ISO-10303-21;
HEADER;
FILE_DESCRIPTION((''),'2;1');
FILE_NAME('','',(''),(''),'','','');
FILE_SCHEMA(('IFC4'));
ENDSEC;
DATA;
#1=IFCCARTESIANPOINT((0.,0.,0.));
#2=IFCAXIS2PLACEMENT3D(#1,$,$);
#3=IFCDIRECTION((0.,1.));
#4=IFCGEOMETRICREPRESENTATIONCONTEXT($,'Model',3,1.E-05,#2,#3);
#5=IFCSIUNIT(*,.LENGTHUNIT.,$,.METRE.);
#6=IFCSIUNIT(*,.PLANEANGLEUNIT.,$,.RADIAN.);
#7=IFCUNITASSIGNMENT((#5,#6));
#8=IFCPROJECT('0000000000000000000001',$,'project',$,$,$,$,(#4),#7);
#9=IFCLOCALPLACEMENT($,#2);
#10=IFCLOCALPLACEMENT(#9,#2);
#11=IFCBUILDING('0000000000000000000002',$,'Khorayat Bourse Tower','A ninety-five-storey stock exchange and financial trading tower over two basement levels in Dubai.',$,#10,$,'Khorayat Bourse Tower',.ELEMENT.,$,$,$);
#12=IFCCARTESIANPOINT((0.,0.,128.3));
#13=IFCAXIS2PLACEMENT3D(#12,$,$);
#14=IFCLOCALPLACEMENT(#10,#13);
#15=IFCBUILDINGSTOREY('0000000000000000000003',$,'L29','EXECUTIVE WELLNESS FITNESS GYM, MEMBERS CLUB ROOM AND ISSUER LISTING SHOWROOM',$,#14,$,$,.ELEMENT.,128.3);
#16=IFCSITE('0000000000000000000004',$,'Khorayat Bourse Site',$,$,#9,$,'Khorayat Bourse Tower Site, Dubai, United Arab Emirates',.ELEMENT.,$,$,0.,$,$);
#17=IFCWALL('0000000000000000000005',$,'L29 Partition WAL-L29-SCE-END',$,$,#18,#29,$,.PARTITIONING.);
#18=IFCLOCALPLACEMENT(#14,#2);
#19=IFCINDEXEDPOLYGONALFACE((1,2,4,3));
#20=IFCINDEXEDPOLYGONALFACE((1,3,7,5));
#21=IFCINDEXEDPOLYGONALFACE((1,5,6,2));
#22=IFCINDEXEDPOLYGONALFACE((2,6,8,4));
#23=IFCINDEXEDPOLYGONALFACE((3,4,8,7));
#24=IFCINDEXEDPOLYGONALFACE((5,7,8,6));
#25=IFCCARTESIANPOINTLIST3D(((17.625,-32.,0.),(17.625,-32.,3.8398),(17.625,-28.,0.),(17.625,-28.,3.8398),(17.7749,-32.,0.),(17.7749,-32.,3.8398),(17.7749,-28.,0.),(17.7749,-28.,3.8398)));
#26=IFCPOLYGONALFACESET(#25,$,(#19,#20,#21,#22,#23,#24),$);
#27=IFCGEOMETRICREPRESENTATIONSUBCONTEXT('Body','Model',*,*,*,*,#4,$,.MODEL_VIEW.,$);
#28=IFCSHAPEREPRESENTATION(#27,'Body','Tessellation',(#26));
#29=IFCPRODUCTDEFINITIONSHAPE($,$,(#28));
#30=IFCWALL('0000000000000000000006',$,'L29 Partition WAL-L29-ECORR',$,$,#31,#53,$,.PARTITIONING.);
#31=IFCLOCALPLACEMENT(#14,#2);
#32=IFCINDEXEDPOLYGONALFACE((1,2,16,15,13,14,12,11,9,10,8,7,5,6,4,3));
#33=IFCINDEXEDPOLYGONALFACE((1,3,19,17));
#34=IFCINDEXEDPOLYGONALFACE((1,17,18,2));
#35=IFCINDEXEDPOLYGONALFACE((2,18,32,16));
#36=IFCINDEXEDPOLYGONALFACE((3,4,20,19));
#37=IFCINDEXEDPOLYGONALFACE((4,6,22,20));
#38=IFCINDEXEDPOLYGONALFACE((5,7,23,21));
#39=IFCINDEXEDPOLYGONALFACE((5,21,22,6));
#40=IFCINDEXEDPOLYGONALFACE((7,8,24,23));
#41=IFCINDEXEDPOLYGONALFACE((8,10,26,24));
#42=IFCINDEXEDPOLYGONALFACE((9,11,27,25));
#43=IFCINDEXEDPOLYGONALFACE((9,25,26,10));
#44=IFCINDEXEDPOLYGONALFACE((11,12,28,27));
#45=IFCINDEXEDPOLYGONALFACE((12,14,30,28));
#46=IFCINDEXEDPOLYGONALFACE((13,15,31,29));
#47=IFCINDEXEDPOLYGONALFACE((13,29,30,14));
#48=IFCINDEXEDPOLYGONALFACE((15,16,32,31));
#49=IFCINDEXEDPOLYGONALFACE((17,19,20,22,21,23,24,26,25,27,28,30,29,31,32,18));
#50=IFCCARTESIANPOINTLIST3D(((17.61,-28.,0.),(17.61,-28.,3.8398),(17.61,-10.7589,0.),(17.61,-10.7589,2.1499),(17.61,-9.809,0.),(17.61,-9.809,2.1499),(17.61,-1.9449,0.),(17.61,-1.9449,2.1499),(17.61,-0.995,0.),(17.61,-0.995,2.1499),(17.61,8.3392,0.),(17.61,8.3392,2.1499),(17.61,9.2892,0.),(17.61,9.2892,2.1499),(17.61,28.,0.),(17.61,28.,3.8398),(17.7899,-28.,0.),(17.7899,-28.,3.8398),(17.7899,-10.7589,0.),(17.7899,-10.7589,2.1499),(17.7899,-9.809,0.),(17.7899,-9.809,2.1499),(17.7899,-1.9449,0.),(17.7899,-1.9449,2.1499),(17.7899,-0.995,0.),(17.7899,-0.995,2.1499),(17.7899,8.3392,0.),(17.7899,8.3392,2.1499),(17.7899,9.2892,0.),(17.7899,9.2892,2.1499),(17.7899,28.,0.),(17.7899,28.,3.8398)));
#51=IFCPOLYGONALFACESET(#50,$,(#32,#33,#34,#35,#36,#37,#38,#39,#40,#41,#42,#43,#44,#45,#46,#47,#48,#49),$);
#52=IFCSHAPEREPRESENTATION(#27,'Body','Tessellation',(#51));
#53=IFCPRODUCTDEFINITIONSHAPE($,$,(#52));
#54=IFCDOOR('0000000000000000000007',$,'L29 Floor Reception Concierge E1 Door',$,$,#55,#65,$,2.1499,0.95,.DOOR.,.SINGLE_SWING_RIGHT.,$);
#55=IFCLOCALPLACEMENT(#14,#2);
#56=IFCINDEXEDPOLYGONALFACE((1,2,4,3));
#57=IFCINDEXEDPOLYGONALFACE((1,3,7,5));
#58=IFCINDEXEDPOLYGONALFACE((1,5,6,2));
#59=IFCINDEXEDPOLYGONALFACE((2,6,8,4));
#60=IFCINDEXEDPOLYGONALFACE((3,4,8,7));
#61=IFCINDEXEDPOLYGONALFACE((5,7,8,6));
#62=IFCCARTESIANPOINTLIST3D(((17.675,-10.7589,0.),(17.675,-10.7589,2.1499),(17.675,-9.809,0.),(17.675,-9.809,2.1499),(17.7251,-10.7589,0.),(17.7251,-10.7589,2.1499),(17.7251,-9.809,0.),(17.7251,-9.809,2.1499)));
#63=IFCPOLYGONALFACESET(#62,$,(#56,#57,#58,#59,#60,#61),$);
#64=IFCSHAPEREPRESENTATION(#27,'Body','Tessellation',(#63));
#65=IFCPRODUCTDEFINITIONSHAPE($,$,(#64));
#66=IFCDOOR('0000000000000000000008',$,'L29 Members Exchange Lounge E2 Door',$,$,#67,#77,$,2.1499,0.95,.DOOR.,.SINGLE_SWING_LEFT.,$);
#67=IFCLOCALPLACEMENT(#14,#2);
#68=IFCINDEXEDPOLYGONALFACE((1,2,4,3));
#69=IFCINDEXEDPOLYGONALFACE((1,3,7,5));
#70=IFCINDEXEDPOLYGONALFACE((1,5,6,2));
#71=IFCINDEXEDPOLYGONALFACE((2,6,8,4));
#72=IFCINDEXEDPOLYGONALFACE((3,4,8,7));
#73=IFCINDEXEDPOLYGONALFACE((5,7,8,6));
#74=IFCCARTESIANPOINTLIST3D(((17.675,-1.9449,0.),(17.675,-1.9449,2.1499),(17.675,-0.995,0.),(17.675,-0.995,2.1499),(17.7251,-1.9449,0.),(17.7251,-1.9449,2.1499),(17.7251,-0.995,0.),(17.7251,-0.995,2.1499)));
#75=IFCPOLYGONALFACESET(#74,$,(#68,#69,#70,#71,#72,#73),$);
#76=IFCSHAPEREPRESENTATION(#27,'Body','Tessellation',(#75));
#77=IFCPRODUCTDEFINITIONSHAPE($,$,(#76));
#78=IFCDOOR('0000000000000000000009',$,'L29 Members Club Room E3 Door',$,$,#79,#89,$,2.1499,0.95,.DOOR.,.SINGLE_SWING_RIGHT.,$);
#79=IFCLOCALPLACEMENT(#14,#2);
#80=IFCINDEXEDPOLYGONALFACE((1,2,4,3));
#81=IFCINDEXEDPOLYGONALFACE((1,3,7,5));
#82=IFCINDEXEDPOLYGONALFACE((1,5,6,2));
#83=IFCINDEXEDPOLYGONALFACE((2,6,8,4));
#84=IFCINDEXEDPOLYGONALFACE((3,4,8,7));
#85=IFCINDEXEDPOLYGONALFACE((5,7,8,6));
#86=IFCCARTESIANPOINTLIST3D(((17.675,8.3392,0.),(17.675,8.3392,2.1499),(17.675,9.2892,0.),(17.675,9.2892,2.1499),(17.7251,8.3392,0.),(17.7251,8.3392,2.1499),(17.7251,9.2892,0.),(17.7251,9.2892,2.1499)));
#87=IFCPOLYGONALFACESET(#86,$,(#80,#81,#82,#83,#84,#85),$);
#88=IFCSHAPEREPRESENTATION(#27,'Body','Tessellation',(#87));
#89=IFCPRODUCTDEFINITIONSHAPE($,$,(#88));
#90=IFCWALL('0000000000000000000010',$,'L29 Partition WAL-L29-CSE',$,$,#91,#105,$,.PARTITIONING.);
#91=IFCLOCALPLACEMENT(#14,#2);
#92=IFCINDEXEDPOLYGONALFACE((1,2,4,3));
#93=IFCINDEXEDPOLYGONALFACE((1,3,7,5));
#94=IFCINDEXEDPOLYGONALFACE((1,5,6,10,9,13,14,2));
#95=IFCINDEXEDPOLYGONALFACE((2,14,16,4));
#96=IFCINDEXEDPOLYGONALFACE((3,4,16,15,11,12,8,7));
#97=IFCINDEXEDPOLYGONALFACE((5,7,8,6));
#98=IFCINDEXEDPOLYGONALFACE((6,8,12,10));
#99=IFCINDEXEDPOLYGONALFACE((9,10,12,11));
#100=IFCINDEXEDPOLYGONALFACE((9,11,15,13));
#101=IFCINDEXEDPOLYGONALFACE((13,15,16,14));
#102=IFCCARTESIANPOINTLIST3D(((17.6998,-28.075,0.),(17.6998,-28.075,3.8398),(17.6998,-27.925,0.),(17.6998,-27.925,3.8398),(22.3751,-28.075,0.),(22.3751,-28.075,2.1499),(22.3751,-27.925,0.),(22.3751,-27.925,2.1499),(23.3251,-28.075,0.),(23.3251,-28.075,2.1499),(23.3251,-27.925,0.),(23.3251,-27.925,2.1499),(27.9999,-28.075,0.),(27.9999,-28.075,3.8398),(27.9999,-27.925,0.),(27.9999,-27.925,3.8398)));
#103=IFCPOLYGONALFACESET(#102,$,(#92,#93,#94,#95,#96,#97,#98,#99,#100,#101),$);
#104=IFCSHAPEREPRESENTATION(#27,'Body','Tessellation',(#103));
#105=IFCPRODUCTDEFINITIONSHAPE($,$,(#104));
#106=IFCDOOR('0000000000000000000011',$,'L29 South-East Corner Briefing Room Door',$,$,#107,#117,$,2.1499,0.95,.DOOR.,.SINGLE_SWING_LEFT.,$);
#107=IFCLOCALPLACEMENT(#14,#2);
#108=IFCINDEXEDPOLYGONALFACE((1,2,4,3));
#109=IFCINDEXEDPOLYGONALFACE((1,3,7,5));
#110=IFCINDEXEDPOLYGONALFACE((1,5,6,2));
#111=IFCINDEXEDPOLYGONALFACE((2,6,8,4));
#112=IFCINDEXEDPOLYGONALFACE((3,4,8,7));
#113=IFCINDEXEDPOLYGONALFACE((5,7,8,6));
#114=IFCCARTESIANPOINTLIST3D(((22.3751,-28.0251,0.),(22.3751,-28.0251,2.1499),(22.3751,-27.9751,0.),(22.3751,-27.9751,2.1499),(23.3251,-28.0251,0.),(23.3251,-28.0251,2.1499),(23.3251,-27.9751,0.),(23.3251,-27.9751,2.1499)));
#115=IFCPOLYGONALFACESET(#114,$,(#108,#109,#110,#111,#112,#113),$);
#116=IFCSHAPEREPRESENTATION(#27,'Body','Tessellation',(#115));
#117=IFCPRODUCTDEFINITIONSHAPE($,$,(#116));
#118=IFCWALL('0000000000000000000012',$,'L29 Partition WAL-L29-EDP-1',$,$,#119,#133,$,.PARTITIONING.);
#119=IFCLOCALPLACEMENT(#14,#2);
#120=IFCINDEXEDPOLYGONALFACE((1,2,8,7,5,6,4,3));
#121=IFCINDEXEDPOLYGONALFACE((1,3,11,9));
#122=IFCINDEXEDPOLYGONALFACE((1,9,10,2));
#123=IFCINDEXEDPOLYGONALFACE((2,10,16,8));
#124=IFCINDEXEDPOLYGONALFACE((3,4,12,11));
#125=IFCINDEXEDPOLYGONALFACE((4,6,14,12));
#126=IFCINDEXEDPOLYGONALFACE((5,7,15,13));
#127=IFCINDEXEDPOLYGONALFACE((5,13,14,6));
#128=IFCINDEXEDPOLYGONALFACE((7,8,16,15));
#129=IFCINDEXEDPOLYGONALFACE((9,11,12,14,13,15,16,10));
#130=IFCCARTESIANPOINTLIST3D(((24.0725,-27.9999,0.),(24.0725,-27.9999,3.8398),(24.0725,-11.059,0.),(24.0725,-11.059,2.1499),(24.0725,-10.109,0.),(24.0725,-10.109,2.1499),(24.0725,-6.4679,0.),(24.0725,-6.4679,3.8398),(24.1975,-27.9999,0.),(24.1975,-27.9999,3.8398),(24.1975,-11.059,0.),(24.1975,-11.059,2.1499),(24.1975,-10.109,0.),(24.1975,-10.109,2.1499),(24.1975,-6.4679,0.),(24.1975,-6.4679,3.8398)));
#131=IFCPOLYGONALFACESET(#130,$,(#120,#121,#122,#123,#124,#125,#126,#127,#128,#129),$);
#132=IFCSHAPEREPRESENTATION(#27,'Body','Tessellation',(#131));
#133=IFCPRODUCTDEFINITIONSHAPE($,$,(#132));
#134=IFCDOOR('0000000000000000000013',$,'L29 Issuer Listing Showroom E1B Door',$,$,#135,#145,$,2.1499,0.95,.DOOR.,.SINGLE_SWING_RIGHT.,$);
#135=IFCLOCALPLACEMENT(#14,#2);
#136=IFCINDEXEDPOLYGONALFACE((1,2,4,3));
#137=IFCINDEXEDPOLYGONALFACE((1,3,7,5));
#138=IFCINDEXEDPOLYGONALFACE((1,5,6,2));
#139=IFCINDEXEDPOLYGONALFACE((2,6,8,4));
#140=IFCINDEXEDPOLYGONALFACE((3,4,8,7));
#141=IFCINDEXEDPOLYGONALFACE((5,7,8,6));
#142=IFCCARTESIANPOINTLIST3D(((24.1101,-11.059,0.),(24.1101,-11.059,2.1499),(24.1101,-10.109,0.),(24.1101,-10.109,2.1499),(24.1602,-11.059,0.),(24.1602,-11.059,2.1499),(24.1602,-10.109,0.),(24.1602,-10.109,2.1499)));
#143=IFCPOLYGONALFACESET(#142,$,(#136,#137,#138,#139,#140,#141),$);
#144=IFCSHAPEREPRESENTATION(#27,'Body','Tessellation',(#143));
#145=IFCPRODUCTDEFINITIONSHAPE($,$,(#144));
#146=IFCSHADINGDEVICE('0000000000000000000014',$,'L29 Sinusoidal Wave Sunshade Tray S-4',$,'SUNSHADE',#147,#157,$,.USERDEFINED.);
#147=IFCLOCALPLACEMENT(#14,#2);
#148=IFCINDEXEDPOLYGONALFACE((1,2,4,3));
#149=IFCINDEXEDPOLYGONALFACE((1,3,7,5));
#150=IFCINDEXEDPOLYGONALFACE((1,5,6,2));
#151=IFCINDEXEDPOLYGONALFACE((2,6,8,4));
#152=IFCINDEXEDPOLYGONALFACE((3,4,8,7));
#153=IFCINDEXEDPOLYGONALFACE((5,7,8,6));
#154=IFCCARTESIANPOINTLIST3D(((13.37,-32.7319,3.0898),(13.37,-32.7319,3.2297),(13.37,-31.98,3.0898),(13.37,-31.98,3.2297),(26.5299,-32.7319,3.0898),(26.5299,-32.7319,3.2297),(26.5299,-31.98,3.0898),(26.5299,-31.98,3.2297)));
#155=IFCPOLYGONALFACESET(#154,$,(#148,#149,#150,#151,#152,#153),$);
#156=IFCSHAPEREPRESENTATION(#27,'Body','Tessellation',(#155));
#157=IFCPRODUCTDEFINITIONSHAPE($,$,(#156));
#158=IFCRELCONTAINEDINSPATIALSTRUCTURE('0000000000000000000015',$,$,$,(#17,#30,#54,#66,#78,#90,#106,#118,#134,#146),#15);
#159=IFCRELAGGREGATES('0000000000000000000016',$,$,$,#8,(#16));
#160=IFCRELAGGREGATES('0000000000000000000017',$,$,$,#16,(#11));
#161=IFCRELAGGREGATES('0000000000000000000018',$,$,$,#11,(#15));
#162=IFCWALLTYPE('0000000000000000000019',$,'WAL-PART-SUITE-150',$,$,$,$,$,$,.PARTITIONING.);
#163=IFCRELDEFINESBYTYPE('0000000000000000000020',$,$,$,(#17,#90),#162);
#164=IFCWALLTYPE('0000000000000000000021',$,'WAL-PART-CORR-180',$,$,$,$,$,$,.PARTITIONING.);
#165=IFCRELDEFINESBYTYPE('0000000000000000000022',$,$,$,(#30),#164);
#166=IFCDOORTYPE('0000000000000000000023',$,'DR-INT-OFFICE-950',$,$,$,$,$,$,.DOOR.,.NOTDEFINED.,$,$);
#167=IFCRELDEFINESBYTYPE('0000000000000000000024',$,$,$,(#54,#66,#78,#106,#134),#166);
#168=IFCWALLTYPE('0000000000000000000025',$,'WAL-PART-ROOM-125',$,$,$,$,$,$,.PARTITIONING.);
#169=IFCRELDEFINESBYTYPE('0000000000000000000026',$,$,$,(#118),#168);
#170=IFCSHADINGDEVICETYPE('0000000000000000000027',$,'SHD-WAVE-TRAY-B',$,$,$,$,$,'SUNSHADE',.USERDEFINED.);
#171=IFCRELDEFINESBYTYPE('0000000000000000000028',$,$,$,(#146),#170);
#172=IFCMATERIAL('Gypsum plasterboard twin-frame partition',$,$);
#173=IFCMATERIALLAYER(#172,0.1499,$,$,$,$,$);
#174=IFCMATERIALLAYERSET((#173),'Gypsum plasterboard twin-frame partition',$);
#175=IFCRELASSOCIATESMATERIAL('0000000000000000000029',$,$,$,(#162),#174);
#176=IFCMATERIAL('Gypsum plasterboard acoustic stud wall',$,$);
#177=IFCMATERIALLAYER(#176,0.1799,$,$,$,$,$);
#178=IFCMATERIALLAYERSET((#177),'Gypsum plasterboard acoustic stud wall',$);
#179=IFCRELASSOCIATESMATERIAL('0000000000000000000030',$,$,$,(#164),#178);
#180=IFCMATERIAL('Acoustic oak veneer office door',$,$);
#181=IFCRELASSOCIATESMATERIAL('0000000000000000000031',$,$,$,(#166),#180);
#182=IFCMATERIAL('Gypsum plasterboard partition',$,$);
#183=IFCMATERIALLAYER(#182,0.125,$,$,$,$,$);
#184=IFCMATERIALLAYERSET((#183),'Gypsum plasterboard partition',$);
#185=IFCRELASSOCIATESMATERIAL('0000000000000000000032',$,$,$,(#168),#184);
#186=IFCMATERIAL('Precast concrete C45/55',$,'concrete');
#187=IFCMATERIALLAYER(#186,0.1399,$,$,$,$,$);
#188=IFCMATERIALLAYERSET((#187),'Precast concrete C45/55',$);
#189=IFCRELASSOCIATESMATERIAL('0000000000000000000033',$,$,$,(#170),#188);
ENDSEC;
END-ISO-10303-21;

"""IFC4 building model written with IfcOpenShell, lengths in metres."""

from ifc_helpers import new_model, si_unit, direction, frame, frame_2d, origin, origin_2d, place, context, subcontext, project, spatial, rectangle, extrude, source, transform, mapped, material, layer, layer_set, type_object, element, fill, save


model = new_model("IFC4")

# Units and contexts
model_context = context("Model", 3, precision=1e-05, world=origin(), true_north=direction((0.0, 1.0)))
body_context = subcontext(model_context, "Body", "Model", "MODEL_VIEW")
ifc_project = project(units=[si_unit("LENGTHUNIT", "METRE"), si_unit("PLANEANGLEUNIT", "RADIAN")], contexts=[model_context])

# Site, building, storey
site_placement = place(None, origin())
site = spatial("IfcSite", under=ifc_project, at=site_placement, Name="Khorayat Bourse Site", LongName="Khorayat Bourse Tower Site, Dubai, United Arab Emirates", CompositionType="ELEMENT", RefElevation=0.0)
building_placement = place(site_placement, origin())
building = spatial("IfcBuilding", under=site, at=building_placement, Name="Khorayat Bourse Tower", Description="A ninety-five-storey stock exchange and financial trading tower over two basement levels in Dubai.", LongName="Khorayat Bourse Tower", CompositionType="ELEMENT")
storey_placement = place(building_placement, frame((0.0, 0.0, 128.3)))
storey = spatial("IfcBuildingStorey", under=building, at=storey_placement, Name="L29", Description="EXECUTIVE WELLNESS FITNESS GYM, MEMBERS CLUB ROOM AND ISSUER LISTING SHOWROOM", CompositionType="ELEMENT", Elevation=128.3)

# Shared definitions
ifc_material_1 = material(Name="Precast concrete C45/55", Category="concrete")

# Wall
ifc_material_2 = material(Name="Gypsum plasterboard twin-frame partition")
ifc_layer_1 = layer(ifc_material_2, 0.1499)
ifc_layer_set_1 = layer_set([ifc_layer_1], Name="Gypsum plasterboard twin-frame partition")
wall_type_1 = type_object("IfcWallType", Name="WAL-PART-SUITE-150", PredefinedType="PARTITIONING", material=ifc_layer_set_1)
shared_shape_1 = source(origin(), body_context, "Body", "SweptSolid", [
    extrude(rectangle(XDim=4.0, YDim=0.1499, at=frame_2d((2.0, 0.0))), origin(), (0.0, 0.0, 1.0), 3.8398),
])
wall_1_placement = place(storey_placement, frame((17.7, -32.0, 0.0), z_axis=(0.0, 0.0, 1.0), x_axis=(0.0, 1.0, 0.0)))
element("IfcWall", 1, at=wall_1_placement, inside=storey, type_object=wall_type_1, Name="L29 Partition WAL-L29-SCE-END", PredefinedType="PARTITIONING", context=body_context, shape_type="MappedRepresentation", body=[
    mapped(shared_shape_1, transform((0.0, 0.0, 0.0), scale=1.0)),
])

# Wall, openings, doors
ifc_material_3 = material(Name="Gypsum plasterboard acoustic stud wall")
ifc_layer_2 = layer(ifc_material_3, 0.1799)
ifc_layer_set_2 = layer_set([ifc_layer_2], Name="Gypsum plasterboard acoustic stud wall")
wall_type_2 = type_object("IfcWallType", Name="WAL-PART-CORR-180", PredefinedType="PARTITIONING", material=ifc_layer_set_2)
shared_shape_2 = source(origin(), body_context, "Body", "SweptSolid", [
    extrude(rectangle(XDim=56.0, YDim=0.1799, at=frame_2d((28.0, 0.0))), origin(), (0.0, 0.0, 1.0), 3.8398),
])
wall_2_placement = place(storey_placement, frame((17.7, -28.0, 0.0), z_axis=(0.0, 0.0, 1.0), x_axis=(0.0, 1.0, 0.0)))
wall_2 = element("IfcWall", 2, at=wall_2_placement, inside=storey, type_object=wall_type_2, Name="L29 Partition WAL-L29-ECORR", PredefinedType="PARTITIONING", context=body_context, shape_type="MappedRepresentation", body=[
    mapped(shared_shape_2, transform((0.0, 0.0, 0.0), scale=1.0)),
])
shared_shape_3 = source(origin(), body_context, "Body", "SweptSolid", [
    extrude(rectangle(XDim=0.95, YDim=2.1499, at=frame_2d((0.4751, 1.075))), frame((0.0, 0.0999, 0.0), z_axis=(0.0, -1.0, 0.0), x_axis=(1.0, 0.0, 0.0)), (0.0, 0.0, 1.0), 0.2),
])
opening_1_placement = place(wall_2_placement, frame((17.241, 0.0, 0.0)))
opening_1 = element("IfcOpeningElement", 3, at=opening_1_placement, cuts=wall_2, PredefinedType="OPENING", context=body_context, shape_type="MappedRepresentation", body=[
    mapped(shared_shape_3, transform((0.0, 0.0, 0.0), scale=1.0)),
])
opening_2_placement = place(wall_2_placement, frame((26.0549, 0.0, 0.0)))
opening_2 = element("IfcOpeningElement", 4, at=opening_2_placement, cuts=wall_2, PredefinedType="OPENING", context=body_context, shape_type="MappedRepresentation", body=[
    mapped(shared_shape_3, transform((0.0, 0.0, 0.0), scale=1.0)),
])
opening_3_placement = place(wall_2_placement, frame((36.3391, 0.0, 0.0)))
opening_3 = element("IfcOpeningElement", 5, at=opening_3_placement, cuts=wall_2, PredefinedType="OPENING", context=body_context, shape_type="MappedRepresentation", body=[
    mapped(shared_shape_3, transform((0.0, 0.0, 0.0), scale=1.0)),
])
ifc_material_4 = material(Name="Acoustic oak veneer office door")
door_type = type_object("IfcDoorType", Name="DR-INT-OFFICE-950", OperationType="NOTDEFINED", PredefinedType="DOOR", material=ifc_material_4)
shared_shape_4 = source(origin(), body_context, "Body", "SweptSolid", [
    extrude(rectangle(XDim=0.95, YDim=2.1499, at=frame_2d((0.4751, 1.075))), frame((0.0, 0.0249, 0.0), z_axis=(0.0, -1.0, 0.0), x_axis=(1.0, 0.0, 0.0)), (0.0, 0.0, 1.0), 0.05),
])
door_1_placement = place(opening_1_placement, origin())
door_1 = element("IfcDoor", 6, at=door_1_placement, inside=storey, type_object=door_type, Name="L29 Floor Reception Concierge E1 Door", OperationType="SINGLE_SWING_RIGHT", OverallHeight=2.1499, OverallWidth=0.95, PredefinedType="DOOR", context=body_context, shape_type="MappedRepresentation", body=[
    mapped(shared_shape_4, transform((0.0, 0.0, 0.0), scale=1.0)),
])
fill(opening_1, door_1)
door_2_placement = place(opening_2_placement, origin())
door_2 = element("IfcDoor", 7, at=door_2_placement, inside=storey, type_object=door_type, Name="L29 Members Exchange Lounge E2 Door", OperationType="SINGLE_SWING_LEFT", OverallHeight=2.1499, OverallWidth=0.95, PredefinedType="DOOR", context=body_context, shape_type="MappedRepresentation", body=[
    mapped(shared_shape_4, transform((0.0, 0.0, 0.0), scale=1.0)),
])
fill(opening_2, door_2)
door_3_placement = place(opening_3_placement, origin())
door_3 = element("IfcDoor", 8, at=door_3_placement, inside=storey, type_object=door_type, Name="L29 Members Club Room E3 Door", OperationType="SINGLE_SWING_RIGHT", OverallHeight=2.1499, OverallWidth=0.95, PredefinedType="DOOR", context=body_context, shape_type="MappedRepresentation", body=[
    mapped(shared_shape_4, transform((0.0, 0.0, 0.0), scale=1.0)),
])
fill(opening_3, door_3)

# Walls, openings, doors
shared_shape_5 = source(origin(), body_context, "Body", "SweptSolid", [
    extrude(rectangle(XDim=10.3, YDim=0.1499, at=frame_2d((5.1499, 0.0))), origin(), (0.0, 0.0, 1.0), 3.8398),
])
wall_3_placement = place(storey_placement, frame((17.7, -28.0, 0.0), z_axis=(0.0, 0.0, 1.0), x_axis=(1.0, 0.0, 0.0)))
wall_3 = element("IfcWall", 9, at=wall_3_placement, inside=storey, type_object=wall_type_1, Name="L29 Partition WAL-L29-CSE", PredefinedType="PARTITIONING", context=body_context, shape_type="MappedRepresentation", body=[
    mapped(shared_shape_5, transform((0.0, 0.0, 0.0), scale=1.0)),
])
shared_shape_6 = source(origin(), body_context, "Body", "SweptSolid", [
    extrude(rectangle(XDim=0.95, YDim=2.1499, at=frame_2d((0.4751, 1.075))), frame((0.0, 0.085, 0.0), z_axis=(0.0, -1.0, 0.0), x_axis=(1.0, 0.0, 0.0)), (0.0, 0.0, 1.0), 0.1699),
])
opening_4_placement = place(wall_3_placement, frame((4.675, 0.0, 0.0)))
opening_4 = element("IfcOpeningElement", 10, at=opening_4_placement, cuts=wall_3, PredefinedType="OPENING", context=body_context, shape_type="MappedRepresentation", body=[
    mapped(shared_shape_6, transform((0.0, 0.0, 0.0), scale=1.0)),
])
door_4_placement = place(opening_4_placement, origin())
door_4 = element("IfcDoor", 11, at=door_4_placement, inside=storey, type_object=door_type, Name="L29 South-East Corner Briefing Room Door", OperationType="SINGLE_SWING_LEFT", OverallHeight=2.1499, OverallWidth=0.95, PredefinedType="DOOR", context=body_context, shape_type="MappedRepresentation", body=[
    mapped(shared_shape_4, transform((0.0, 0.0, 0.0), scale=1.0)),
])
fill(opening_4, door_4)
ifc_material_5 = material(Name="Gypsum plasterboard partition")
ifc_layer_3 = layer(ifc_material_5, 0.125)
ifc_layer_set_3 = layer_set([ifc_layer_3], Name="Gypsum plasterboard partition")
wall_type_3 = type_object("IfcWallType", Name="WAL-PART-ROOM-125", PredefinedType="PARTITIONING", material=ifc_layer_set_3)
shared_shape_7 = source(origin(), body_context, "Body", "SweptSolid", [
    extrude(rectangle(XDim=21.532, YDim=0.125, at=frame_2d((10.7661, 0.0))), origin(), (0.0, 0.0, 1.0), 3.8398),
])
wall_4_placement = place(storey_placement, frame((24.135, -28.0, 0.0), z_axis=(0.0, 0.0, 1.0), x_axis=(0.0, 1.0, 0.0)))
wall_4 = element("IfcWall", 12, at=wall_4_placement, inside=storey, type_object=wall_type_3, Name="L29 Partition WAL-L29-EDP-1", PredefinedType="PARTITIONING", context=body_context, shape_type="MappedRepresentation", body=[
    mapped(shared_shape_7, transform((0.0, 0.0, 0.0), scale=1.0)),
])
shared_shape_8 = source(origin(), body_context, "Body", "SweptSolid", [
    extrude(rectangle(XDim=0.95, YDim=2.1499, at=frame_2d((0.4751, 1.075))), frame((0.0, 0.0725, 0.0), z_axis=(0.0, -1.0, 0.0), x_axis=(1.0, 0.0, 0.0)), (0.0, 0.0, 1.0), 0.145),
])
opening_5_placement = place(wall_4_placement, frame((16.9409, 0.0, 0.0)))
opening_5 = element("IfcOpeningElement", 13, at=opening_5_placement, cuts=wall_4, PredefinedType="OPENING", context=body_context, shape_type="MappedRepresentation", body=[
    mapped(shared_shape_8, transform((0.0, 0.0, 0.0), scale=1.0)),
])
door_5_placement = place(opening_5_placement, origin())
door_5 = element("IfcDoor", 14, at=door_5_placement, inside=storey, type_object=door_type, Name="L29 Issuer Listing Showroom E1B Door", OperationType="SINGLE_SWING_RIGHT", OverallHeight=2.1499, OverallWidth=0.95, PredefinedType="DOOR", context=body_context, shape_type="MappedRepresentation", body=[
    mapped(shared_shape_4, transform((0.0, 0.0, 0.0), scale=1.0)),
])
fill(opening_5, door_5)

# Shading device
ifc_layer_4 = layer(ifc_material_1, 0.1399)
ifc_layer_set_4 = layer_set([ifc_layer_4], Name="Precast concrete C45/55")
shading_device_type = type_object("IfcShadingDeviceType", Name="SHD-WAVE-TRAY-B", ElementType="SUNSHADE", PredefinedType="USERDEFINED", material=ifc_layer_set_4)
shared_shape_9 = source(origin(), body_context, "Body", "SweptSolid", [
    extrude(rectangle(XDim=13.1599, YDim=0.752, at=origin_2d()), origin(), (0.0, 0.0, 1.0), 0.1399),
])
shading_device_placement = place(storey_placement, frame((19.95, -32.356, 3.0898), z_axis=(0.0, 0.0, 1.0), x_axis=(1.0, 0.0, 0.0)))
element("IfcShadingDevice", 15, at=shading_device_placement, inside=storey, type_object=shading_device_type, Name="L29 Sinusoidal Wave Sunshade Tray S-4", ObjectType="SUNSHADE", PredefinedType="USERDEFINED", context=body_context, shape_type="MappedRepresentation", body=[
    mapped(shared_shape_9, transform((0.0, 0.0, 0.0), scale=1.0)),
])

save(model, "model.ifc")
